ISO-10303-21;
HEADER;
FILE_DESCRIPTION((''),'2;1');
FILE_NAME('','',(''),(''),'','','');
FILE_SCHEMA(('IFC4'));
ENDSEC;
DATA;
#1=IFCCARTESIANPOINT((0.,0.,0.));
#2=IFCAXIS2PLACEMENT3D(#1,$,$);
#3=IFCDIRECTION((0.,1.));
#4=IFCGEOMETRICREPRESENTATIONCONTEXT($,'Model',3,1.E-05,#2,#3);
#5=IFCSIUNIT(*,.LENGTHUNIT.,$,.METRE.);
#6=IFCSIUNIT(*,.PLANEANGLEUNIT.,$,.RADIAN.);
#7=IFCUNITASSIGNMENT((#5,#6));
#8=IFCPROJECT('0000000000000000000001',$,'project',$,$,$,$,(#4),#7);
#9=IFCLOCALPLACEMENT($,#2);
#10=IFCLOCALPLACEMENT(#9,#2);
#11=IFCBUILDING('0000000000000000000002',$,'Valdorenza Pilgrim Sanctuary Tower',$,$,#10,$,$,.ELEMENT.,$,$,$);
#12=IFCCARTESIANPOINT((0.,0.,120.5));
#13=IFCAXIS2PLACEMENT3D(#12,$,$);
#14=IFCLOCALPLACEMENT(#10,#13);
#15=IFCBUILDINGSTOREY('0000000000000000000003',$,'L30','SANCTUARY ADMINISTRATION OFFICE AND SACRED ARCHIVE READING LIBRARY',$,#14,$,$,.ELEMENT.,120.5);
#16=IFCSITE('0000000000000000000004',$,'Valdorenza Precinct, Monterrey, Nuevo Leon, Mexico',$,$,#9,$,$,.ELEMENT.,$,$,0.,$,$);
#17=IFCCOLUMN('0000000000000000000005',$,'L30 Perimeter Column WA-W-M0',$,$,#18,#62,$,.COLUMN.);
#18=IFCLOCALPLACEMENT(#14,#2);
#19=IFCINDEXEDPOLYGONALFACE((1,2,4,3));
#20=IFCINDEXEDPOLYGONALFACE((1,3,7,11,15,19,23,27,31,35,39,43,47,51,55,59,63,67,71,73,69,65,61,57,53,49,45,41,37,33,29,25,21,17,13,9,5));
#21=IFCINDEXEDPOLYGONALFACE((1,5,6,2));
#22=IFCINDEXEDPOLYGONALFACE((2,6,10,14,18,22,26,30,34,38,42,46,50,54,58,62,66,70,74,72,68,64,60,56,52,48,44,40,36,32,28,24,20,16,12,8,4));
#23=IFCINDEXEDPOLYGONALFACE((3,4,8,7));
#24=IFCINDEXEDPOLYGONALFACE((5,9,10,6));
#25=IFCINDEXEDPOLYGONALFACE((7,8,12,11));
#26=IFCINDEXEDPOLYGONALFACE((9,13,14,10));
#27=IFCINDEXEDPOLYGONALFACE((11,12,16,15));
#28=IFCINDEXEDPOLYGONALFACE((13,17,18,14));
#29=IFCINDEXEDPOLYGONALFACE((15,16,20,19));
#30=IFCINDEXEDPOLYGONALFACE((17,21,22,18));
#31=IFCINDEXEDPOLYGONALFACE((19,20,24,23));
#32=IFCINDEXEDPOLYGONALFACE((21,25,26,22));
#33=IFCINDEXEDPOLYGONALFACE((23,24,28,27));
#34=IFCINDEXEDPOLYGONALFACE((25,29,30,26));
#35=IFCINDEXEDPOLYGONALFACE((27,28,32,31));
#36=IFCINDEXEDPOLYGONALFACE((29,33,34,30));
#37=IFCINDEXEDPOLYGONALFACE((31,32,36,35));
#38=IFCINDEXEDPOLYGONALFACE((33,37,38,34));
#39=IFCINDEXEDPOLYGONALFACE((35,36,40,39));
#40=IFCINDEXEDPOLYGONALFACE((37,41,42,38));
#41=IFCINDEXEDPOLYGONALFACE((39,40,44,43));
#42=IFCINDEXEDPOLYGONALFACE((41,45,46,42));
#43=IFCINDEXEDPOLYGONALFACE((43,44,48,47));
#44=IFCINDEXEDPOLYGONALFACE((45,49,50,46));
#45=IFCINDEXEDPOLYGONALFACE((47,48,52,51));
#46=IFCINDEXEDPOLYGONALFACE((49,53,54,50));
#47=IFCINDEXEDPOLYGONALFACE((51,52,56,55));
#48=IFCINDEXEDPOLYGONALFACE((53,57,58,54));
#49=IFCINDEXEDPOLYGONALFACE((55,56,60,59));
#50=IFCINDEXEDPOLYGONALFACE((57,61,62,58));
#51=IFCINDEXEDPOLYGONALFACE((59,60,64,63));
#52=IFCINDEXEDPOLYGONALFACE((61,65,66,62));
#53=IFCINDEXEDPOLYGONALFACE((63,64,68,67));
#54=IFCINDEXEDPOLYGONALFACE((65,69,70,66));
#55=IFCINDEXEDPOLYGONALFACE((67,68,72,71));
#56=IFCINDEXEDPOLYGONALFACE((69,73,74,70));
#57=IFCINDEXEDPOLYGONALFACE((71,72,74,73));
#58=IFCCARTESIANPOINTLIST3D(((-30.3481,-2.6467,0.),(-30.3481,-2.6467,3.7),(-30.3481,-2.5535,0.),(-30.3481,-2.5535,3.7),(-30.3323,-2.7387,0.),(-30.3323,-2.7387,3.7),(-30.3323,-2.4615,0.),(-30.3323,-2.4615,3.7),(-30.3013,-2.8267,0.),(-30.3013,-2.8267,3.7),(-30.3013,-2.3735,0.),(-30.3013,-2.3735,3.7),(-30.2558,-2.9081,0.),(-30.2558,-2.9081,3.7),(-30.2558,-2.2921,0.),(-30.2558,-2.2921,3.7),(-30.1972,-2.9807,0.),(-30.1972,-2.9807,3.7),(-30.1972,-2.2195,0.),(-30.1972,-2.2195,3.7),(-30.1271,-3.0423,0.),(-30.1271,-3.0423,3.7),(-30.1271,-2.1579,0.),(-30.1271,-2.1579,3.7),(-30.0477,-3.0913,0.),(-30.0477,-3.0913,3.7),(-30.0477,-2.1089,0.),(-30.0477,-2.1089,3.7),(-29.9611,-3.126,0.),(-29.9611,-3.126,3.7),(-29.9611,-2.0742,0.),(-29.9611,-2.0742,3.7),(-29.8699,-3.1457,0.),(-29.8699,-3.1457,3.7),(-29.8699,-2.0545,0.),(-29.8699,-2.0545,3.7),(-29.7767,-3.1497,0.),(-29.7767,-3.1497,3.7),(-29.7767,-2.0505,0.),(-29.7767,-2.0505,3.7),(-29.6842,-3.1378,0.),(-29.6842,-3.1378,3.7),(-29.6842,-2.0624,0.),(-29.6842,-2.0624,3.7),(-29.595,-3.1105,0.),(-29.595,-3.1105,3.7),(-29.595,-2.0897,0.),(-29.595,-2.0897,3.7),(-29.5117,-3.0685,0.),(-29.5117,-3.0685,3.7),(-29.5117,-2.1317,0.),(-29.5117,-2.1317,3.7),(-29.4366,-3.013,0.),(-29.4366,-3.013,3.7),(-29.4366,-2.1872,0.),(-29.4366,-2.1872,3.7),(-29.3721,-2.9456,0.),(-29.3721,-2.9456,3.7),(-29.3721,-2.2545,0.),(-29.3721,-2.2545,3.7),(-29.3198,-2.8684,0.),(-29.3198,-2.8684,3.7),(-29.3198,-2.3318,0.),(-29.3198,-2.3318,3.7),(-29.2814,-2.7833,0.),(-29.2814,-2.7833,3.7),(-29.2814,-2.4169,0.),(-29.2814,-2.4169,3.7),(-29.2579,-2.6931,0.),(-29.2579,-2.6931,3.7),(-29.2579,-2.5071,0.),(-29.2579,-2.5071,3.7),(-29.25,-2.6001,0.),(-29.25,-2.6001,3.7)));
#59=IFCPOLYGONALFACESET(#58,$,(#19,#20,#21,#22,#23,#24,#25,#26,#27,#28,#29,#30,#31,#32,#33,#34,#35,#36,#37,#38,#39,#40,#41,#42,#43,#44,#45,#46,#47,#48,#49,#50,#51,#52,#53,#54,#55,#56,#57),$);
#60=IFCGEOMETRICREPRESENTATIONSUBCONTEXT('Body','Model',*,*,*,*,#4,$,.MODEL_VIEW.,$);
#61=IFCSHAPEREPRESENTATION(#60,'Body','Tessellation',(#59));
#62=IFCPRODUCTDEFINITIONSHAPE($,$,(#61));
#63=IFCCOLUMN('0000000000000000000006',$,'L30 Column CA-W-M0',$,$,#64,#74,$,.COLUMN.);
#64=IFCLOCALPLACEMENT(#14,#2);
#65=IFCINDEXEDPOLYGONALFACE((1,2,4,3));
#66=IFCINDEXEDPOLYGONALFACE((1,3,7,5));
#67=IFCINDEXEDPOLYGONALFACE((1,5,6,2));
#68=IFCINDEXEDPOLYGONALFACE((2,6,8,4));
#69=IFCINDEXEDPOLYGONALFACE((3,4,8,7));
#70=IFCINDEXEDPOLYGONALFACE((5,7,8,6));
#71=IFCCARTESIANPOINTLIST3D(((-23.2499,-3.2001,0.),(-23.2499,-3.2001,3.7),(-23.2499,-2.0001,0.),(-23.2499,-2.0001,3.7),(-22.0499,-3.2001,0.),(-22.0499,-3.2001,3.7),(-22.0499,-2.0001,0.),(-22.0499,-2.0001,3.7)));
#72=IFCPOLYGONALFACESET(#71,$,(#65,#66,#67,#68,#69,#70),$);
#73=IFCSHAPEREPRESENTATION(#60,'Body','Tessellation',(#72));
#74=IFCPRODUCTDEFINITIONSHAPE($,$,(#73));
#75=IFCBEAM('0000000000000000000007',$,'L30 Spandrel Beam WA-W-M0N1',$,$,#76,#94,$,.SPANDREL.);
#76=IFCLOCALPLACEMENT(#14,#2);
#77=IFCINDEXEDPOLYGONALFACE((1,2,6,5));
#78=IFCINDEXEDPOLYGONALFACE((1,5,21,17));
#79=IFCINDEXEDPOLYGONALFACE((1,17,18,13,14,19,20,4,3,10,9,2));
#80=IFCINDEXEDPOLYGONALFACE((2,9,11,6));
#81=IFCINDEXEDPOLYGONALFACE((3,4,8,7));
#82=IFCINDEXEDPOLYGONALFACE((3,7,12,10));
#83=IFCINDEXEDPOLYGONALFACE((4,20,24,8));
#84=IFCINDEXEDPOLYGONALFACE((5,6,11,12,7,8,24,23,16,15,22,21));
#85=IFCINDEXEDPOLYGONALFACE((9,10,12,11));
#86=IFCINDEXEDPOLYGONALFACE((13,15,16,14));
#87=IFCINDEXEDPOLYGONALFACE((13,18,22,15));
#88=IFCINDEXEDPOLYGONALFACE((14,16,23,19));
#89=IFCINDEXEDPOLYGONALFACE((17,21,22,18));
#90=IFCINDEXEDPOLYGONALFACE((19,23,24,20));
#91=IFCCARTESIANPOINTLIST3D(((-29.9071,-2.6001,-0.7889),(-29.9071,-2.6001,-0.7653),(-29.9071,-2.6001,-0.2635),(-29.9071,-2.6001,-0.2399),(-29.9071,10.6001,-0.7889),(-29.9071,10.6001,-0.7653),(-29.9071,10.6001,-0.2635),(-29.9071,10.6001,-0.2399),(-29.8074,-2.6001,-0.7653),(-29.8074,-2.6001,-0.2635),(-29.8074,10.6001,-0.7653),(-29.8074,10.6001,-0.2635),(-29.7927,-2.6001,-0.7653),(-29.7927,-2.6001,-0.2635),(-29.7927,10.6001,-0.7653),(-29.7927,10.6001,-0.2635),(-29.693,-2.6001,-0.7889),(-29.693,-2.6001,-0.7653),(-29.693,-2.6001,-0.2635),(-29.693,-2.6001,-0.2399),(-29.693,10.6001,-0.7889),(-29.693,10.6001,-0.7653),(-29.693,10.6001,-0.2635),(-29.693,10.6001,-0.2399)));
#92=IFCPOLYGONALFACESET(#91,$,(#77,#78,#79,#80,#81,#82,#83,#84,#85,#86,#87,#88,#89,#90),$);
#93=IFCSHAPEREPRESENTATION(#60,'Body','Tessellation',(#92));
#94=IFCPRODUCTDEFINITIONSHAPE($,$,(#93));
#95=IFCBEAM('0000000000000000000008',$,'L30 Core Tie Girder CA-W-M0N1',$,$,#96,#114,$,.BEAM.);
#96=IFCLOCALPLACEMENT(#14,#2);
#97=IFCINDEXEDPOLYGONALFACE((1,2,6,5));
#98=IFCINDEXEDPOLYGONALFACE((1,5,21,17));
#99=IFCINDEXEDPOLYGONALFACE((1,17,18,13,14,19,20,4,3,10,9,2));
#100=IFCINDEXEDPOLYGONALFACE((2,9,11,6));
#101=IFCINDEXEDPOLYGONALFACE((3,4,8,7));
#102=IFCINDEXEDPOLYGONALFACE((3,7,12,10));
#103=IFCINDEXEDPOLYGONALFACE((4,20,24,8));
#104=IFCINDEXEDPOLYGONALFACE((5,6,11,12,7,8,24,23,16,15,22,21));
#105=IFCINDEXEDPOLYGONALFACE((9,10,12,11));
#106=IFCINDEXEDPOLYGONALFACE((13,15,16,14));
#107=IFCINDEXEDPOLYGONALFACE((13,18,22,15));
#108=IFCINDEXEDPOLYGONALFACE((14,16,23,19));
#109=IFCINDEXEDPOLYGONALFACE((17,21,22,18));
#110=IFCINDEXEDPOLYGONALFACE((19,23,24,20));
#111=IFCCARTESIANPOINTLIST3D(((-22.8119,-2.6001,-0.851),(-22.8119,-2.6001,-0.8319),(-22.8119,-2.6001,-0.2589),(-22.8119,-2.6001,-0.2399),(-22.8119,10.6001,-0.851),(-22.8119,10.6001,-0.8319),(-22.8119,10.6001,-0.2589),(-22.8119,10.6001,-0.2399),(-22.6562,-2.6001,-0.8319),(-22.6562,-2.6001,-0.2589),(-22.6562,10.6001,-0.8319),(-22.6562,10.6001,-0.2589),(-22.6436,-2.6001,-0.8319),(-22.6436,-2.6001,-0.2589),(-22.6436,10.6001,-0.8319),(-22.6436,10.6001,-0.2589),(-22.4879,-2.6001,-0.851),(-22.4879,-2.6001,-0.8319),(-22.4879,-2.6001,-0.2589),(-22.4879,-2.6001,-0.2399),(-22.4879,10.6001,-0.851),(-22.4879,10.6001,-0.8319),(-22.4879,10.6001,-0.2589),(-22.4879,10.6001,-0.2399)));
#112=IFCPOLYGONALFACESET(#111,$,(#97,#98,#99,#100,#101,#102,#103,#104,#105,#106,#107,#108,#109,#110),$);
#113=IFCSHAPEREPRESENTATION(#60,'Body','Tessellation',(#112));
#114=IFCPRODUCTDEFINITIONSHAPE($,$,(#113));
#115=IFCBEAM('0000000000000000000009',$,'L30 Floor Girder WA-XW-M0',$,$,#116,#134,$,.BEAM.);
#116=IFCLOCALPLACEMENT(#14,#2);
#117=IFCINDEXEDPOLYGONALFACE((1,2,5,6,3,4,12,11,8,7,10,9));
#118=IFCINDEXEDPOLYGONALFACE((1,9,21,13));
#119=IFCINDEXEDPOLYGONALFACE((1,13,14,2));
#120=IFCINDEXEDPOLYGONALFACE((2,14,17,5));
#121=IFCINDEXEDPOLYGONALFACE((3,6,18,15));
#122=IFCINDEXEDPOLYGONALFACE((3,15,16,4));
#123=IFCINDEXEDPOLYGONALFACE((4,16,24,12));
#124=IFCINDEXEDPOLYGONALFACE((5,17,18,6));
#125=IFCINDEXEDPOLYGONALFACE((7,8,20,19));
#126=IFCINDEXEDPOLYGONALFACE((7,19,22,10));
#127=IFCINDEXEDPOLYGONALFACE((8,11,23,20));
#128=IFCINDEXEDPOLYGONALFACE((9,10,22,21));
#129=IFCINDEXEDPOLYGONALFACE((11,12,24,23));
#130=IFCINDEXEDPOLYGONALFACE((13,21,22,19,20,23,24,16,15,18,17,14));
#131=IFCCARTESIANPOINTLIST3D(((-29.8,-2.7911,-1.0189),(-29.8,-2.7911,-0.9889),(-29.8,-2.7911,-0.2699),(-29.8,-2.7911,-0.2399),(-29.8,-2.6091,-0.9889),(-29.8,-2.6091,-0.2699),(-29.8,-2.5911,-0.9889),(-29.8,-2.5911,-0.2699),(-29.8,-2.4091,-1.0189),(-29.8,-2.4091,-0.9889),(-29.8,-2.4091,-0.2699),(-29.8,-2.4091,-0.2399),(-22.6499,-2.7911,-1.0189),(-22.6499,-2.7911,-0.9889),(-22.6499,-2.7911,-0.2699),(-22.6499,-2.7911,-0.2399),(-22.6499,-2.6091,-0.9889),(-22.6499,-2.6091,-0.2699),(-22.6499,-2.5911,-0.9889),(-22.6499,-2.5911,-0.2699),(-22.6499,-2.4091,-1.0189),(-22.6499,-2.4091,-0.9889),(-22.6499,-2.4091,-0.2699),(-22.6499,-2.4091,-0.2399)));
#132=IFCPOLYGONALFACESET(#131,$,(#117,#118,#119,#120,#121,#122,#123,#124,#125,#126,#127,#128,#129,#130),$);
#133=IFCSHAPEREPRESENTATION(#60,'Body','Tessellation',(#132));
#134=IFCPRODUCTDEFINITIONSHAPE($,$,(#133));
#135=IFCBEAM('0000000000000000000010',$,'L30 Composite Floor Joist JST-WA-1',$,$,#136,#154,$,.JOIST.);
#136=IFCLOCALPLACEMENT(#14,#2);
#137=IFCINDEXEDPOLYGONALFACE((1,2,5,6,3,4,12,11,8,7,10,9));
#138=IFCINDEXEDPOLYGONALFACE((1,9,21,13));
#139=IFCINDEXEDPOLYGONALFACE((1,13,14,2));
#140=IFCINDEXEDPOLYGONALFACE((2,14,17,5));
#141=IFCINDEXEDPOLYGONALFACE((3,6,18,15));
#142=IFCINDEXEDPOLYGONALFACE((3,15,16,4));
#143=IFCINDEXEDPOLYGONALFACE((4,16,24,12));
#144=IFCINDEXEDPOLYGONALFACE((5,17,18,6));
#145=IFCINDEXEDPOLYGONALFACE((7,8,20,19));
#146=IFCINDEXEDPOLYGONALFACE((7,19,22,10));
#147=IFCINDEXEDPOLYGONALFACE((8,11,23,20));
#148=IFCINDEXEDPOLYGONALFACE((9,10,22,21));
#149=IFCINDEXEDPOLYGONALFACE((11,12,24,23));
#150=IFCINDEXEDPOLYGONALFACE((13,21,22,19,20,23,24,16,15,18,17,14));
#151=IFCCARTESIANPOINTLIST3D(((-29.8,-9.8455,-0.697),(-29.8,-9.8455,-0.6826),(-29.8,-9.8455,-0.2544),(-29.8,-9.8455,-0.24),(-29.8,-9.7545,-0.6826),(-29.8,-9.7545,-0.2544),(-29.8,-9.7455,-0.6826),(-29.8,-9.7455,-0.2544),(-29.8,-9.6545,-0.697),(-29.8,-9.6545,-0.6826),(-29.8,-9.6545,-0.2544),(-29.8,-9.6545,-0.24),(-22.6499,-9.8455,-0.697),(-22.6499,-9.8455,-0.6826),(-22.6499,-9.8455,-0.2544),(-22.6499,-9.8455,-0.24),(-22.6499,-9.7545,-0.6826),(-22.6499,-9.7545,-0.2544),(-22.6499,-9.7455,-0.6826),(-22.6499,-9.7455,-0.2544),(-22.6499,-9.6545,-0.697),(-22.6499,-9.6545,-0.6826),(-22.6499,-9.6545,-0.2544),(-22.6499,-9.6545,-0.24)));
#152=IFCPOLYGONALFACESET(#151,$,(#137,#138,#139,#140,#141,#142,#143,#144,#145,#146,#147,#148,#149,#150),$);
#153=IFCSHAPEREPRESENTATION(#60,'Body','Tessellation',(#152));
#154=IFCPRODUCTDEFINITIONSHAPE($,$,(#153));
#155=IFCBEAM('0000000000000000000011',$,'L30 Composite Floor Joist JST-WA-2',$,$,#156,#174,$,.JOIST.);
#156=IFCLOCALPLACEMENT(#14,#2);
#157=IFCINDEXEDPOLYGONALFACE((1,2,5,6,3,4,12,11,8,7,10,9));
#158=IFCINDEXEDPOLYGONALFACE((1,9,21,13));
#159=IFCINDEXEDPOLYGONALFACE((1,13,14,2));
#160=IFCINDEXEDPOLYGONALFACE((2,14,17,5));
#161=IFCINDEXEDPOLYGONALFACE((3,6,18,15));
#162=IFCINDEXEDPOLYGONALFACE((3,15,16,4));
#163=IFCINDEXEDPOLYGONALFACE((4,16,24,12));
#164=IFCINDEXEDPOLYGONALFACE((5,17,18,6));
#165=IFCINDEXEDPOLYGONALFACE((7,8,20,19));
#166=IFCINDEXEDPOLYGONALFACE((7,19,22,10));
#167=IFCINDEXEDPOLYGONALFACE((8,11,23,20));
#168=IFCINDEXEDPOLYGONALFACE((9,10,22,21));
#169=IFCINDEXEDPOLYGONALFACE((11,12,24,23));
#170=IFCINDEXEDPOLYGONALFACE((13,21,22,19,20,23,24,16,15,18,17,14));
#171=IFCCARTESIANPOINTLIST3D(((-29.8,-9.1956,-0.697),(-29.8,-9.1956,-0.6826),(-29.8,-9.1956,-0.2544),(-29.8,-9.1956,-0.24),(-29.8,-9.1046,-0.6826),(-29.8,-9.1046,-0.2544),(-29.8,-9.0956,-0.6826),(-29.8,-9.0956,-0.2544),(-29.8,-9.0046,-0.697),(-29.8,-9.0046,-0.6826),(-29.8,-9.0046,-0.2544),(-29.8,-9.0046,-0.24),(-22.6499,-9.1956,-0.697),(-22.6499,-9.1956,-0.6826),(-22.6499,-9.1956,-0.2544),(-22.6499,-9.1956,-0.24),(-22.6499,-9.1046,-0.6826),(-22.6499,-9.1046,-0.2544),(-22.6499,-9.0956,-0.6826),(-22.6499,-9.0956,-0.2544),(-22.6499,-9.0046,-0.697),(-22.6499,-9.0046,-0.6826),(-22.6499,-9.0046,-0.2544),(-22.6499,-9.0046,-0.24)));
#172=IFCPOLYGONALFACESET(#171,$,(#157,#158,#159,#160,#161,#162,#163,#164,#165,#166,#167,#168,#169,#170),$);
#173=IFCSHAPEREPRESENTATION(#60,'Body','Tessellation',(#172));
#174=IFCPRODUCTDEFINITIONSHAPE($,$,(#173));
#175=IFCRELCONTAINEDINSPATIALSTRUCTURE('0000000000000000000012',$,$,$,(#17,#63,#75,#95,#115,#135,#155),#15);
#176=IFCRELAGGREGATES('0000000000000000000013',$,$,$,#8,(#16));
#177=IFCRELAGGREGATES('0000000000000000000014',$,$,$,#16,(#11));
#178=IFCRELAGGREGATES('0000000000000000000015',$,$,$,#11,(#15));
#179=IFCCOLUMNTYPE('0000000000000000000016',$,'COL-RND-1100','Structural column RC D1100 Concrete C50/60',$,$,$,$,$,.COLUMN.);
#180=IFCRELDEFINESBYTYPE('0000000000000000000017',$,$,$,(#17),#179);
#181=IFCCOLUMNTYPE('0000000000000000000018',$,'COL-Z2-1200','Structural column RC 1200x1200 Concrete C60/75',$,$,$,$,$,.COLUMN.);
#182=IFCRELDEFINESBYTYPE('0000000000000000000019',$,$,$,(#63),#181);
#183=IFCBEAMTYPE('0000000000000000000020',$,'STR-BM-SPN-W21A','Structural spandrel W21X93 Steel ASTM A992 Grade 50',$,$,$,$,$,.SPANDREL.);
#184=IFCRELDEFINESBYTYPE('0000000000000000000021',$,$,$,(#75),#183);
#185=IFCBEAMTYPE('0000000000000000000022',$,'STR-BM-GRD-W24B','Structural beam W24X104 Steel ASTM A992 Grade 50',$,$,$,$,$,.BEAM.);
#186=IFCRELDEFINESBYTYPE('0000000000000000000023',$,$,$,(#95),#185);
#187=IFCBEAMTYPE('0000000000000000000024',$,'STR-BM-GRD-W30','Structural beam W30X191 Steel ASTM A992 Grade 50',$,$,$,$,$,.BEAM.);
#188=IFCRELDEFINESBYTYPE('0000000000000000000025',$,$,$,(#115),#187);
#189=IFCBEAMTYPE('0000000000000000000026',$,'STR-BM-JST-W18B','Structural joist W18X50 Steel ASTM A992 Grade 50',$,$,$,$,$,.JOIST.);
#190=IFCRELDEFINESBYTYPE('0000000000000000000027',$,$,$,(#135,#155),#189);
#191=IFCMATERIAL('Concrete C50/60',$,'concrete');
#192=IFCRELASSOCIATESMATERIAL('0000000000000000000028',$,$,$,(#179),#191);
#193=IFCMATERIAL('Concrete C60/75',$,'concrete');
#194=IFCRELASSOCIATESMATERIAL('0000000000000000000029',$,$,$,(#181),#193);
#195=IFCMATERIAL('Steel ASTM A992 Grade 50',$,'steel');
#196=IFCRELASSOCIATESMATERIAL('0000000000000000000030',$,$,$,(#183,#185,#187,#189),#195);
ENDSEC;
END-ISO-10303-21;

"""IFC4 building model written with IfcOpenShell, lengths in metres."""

from ifc_helpers import new_model, si_unit, direction, frame, origin, origin_2d, place, context, subcontext, project, spatial, rectangle, circle, i_section, extrude, source, transform, mapped, material, material_profile, profile_set, type_object, element, save


model = new_model("IFC4")

# Units and contexts
model_context = context("Model", 3, precision=1e-05, world=origin(), true_north=direction((0.0, 1.0)))
body_context = subcontext(model_context, "Body", "Model", "MODEL_VIEW")
ifc_project = project(units=[si_unit("LENGTHUNIT", "METRE"), si_unit("PLANEANGLEUNIT", "RADIAN")], contexts=[model_context])

# Site, building, storey
site_placement = place(None, origin())
site = spatial("IfcSite", under=ifc_project, at=site_placement, Name="Valdorenza Precinct, Monterrey, Nuevo Leon, Mexico", CompositionType="ELEMENT", RefElevation=0.0)
building_placement = place(site_placement, origin())
building = spatial("IfcBuilding", under=site, at=building_placement, Name="Valdorenza Pilgrim Sanctuary Tower", CompositionType="ELEMENT")
storey_placement = place(building_placement, frame((0.0, 0.0, 120.5)))
storey = spatial("IfcBuildingStorey", under=building, at=storey_placement, Name="L30", Description="SANCTUARY ADMINISTRATION OFFICE AND SACRED ARCHIVE READING LIBRARY", CompositionType="ELEMENT", Elevation=120.5)

# Columns
ifc_material_1 = material(Name="Concrete C50/60", Category="concrete")
ifc_material_profile_1 = material_profile(ifc_material_1, circle(Radius=0.55, at=origin_2d()), Name="RC D1100")
ifc_profile_set_1 = profile_set([ifc_material_profile_1], Name="Concrete C50/60")
column_type_1 = type_object("IfcColumnType", Name="COL-RND-1100", Description="Structural column RC D1100 Concrete C50/60", PredefinedType="COLUMN", material=ifc_profile_set_1)
shared_shape_1 = source(origin(), body_context, "Body", "SweptSolid", [
    extrude(circle(Radius=0.55, at=origin_2d()), origin(), (0.0, 0.0, 1.0), 3.7),
])
column_1_placement = place(storey_placement, frame((-29.8, -2.6001, 0.0), z_axis=(0.0, 0.0, 1.0), x_axis=(1.0, 0.0, 0.0)))
element("IfcColumn", 1, at=column_1_placement, inside=storey, type_object=column_type_1, Name="L30 Perimeter Column WA-W-M0", PredefinedType="COLUMN", context=body_context, shape_type="MappedRepresentation", body=[
    mapped(shared_shape_1, transform((0.0, 0.0, 0.0), x_axis=(1.0, 0.0, 0.0), y_axis=(0.0, 1.0, 0.0), z_axis=(0.0, 0.0, 1.0), scale=1.0)),
])
ifc_material_2 = material(Name="Concrete C60/75", Category="concrete")
ifc_material_profile_2 = material_profile(ifc_material_2, rectangle(XDim=1.2, YDim=1.2, at=origin_2d()), Name="RC 1200x1200")
ifc_profile_set_2 = profile_set([ifc_material_profile_2], Name="Concrete C60/75")
column_type_2 = type_object("IfcColumnType", Name="COL-Z2-1200", Description="Structural column RC 1200x1200 Concrete C60/75", PredefinedType="COLUMN", material=ifc_profile_set_2)
shared_shape_2 = source(origin(), body_context, "Body", "SweptSolid", [
    extrude(rectangle(XDim=1.2, YDim=1.2, at=origin_2d()), origin(), (0.0, 0.0, 1.0), 3.7),
])
column_2_placement = place(storey_placement, frame((-22.6499, -2.6001, 0.0), z_axis=(0.0, 0.0, 1.0), x_axis=(1.0, 0.0, 0.0)))
element("IfcColumn", 2, at=column_2_placement, inside=storey, type_object=column_type_2, Name="L30 Column CA-W-M0", PredefinedType="COLUMN", context=body_context, shape_type="MappedRepresentation", body=[
    mapped(shared_shape_2, transform((0.0, 0.0, 0.0), x_axis=(1.0, 0.0, 0.0), y_axis=(0.0, 1.0, 0.0), z_axis=(0.0, 0.0, 1.0), scale=1.0)),
])

# Beams
ifc_material_3 = material(Name="Steel ASTM A992 Grade 50", Category="steel")
ifc_material_profile_3 = material_profile(ifc_material_3, i_section(OverallWidth=0.2141, OverallDepth=0.5491, WebThickness=0.0146, FlangeThickness=0.0237, at=origin_2d()), Name="W21X93")
ifc_profile_set_3 = profile_set([ifc_material_profile_3], Name="Steel ASTM A992 Grade 50")
beam_type_1 = type_object("IfcBeamType", Name="STR-BM-SPN-W21A", Description="Structural spandrel W21X93 Steel ASTM A992 Grade 50", PredefinedType="SPANDREL", material=ifc_profile_set_3)
shared_shape_3 = source(origin(), body_context, "Body", "SweptSolid", [
    extrude(i_section(OverallWidth=0.2141, OverallDepth=0.5491, WebThickness=0.0146, FlangeThickness=0.0237, at=origin_2d()), origin(), (0.0, 0.0, 1.0), 13.2002),
])
beam_1_placement = place(storey_placement, frame((-29.8, -2.6001, -0.5144), z_axis=(0.0, 1.0, 0.0), x_axis=(-1.0, 0.0, 0.0)))
element("IfcBeam", 3, at=beam_1_placement, inside=storey, type_object=beam_type_1, Name="L30 Spandrel Beam WA-W-M0N1", PredefinedType="SPANDREL", context=body_context, shape_type="MappedRepresentation", body=[
    mapped(shared_shape_3, transform((0.0, 0.0, 0.0), x_axis=(1.0, 0.0, 0.0), y_axis=(0.0, 1.0, 0.0), z_axis=(0.0, 0.0, 1.0), scale=1.0)),
])
ifc_material_profile_4 = material_profile(ifc_material_3, i_section(OverallWidth=0.324, OverallDepth=0.6111, WebThickness=0.0127, FlangeThickness=0.019, at=origin_2d()), Name="W24X104")
ifc_profile_set_4 = profile_set([ifc_material_profile_4], Name="Steel ASTM A992 Grade 50")
beam_type_2 = type_object("IfcBeamType", Name="STR-BM-GRD-W24B", Description="Structural beam W24X104 Steel ASTM A992 Grade 50", PredefinedType="BEAM", material=ifc_profile_set_4)
shared_shape_4 = source(origin(), body_context, "Body", "SweptSolid", [
    extrude(i_section(OverallWidth=0.324, OverallDepth=0.6111, WebThickness=0.0127, FlangeThickness=0.019, at=origin_2d()), origin(), (0.0, 0.0, 1.0), 13.2002),
])
beam_2_placement = place(storey_placement, frame((-22.6499, -2.6001, -0.5454), z_axis=(0.0, 1.0, 0.0), x_axis=(-1.0, 0.0, 0.0)))
element("IfcBeam", 4, at=beam_2_placement, inside=storey, type_object=beam_type_2, Name="L30 Core Tie Girder CA-W-M0N1", PredefinedType="BEAM", context=body_context, shape_type="MappedRepresentation", body=[
    mapped(shared_shape_4, transform((0.0, 0.0, 0.0), x_axis=(1.0, 0.0, 0.0), y_axis=(0.0, 1.0, 0.0), z_axis=(0.0, 0.0, 1.0), scale=1.0)),
])
ifc_material_profile_5 = material_profile(ifc_material_3, i_section(OverallWidth=0.3821, OverallDepth=0.7791, WebThickness=0.0181, FlangeThickness=0.03, at=origin_2d()), Name="W30X191")
ifc_profile_set_5 = profile_set([ifc_material_profile_5], Name="Steel ASTM A992 Grade 50")
beam_type_3 = type_object("IfcBeamType", Name="STR-BM-GRD-W30", Description="Structural beam W30X191 Steel ASTM A992 Grade 50", PredefinedType="BEAM", material=ifc_profile_set_5)
shared_shape_5 = source(origin(), body_context, "Body", "SweptSolid", [
    extrude(i_section(OverallWidth=0.3821, OverallDepth=0.7791, WebThickness=0.0181, FlangeThickness=0.03, at=origin_2d()), origin(), (0.0, 0.0, 1.0), 7.1501),
])
beam_3_placement = place(storey_placement, frame((-29.8, -2.6001, -0.6294), z_axis=(1.0, 0.0, 0.0), x_axis=(0.0, 1.0, 0.0)))
element("IfcBeam", 5, at=beam_3_placement, inside=storey, type_object=beam_type_3, Name="L30 Floor Girder WA-XW-M0", PredefinedType="BEAM", context=body_context, shape_type="MappedRepresentation", body=[
    mapped(shared_shape_5, transform((0.0, 0.0, 0.0), x_axis=(1.0, 0.0, 0.0), y_axis=(0.0, 1.0, 0.0), z_axis=(0.0, 0.0, 1.0), scale=1.0)),
])
ifc_material_profile_6 = material_profile(ifc_material_3, i_section(OverallWidth=0.1909, OverallDepth=0.457, WebThickness=0.009, FlangeThickness=0.0144, at=origin_2d()), Name="W18X50")
ifc_profile_set_6 = profile_set([ifc_material_profile_6], Name="Steel ASTM A992 Grade 50")
beam_type_4 = type_object("IfcBeamType", Name="STR-BM-JST-W18B", Description="Structural joist W18X50 Steel ASTM A992 Grade 50", PredefinedType="JOIST", material=ifc_profile_set_6)
shared_shape_6 = source(origin(), body_context, "Body", "SweptSolid", [
    extrude(i_section(OverallWidth=0.1909, OverallDepth=0.457, WebThickness=0.009, FlangeThickness=0.0144, at=origin_2d()), origin(), (0.0, 0.0, 1.0), 7.1501),
])
for number, where, z_axis, x_axis, name in (
    (6, (-29.8, -9.75, -0.4685), (1.0, 0.0, 0.0), (0.0, 1.0, 0.0), "L30 Composite Floor Joist JST-WA-1"),
    (7, (-29.8, -9.1001, -0.4685), (1.0, 0.0, 0.0), (0.0, 1.0, 0.0), "L30 Composite Floor Joist JST-WA-2"),
):
    element("IfcBeam", number, at=place(storey_placement, frame(where, z_axis=z_axis, x_axis=x_axis)), inside=storey, type_object=beam_type_4, Name=name, PredefinedType="JOIST", context=body_context, shape_type="MappedRepresentation", body=[
        mapped(shared_shape_6, transform((0.0, 0.0, 0.0), x_axis=(1.0, 0.0, 0.0), y_axis=(0.0, 1.0, 0.0), z_axis=(0.0, 0.0, 1.0), scale=1.0)),
    ])

save(model, "model.ifc")
